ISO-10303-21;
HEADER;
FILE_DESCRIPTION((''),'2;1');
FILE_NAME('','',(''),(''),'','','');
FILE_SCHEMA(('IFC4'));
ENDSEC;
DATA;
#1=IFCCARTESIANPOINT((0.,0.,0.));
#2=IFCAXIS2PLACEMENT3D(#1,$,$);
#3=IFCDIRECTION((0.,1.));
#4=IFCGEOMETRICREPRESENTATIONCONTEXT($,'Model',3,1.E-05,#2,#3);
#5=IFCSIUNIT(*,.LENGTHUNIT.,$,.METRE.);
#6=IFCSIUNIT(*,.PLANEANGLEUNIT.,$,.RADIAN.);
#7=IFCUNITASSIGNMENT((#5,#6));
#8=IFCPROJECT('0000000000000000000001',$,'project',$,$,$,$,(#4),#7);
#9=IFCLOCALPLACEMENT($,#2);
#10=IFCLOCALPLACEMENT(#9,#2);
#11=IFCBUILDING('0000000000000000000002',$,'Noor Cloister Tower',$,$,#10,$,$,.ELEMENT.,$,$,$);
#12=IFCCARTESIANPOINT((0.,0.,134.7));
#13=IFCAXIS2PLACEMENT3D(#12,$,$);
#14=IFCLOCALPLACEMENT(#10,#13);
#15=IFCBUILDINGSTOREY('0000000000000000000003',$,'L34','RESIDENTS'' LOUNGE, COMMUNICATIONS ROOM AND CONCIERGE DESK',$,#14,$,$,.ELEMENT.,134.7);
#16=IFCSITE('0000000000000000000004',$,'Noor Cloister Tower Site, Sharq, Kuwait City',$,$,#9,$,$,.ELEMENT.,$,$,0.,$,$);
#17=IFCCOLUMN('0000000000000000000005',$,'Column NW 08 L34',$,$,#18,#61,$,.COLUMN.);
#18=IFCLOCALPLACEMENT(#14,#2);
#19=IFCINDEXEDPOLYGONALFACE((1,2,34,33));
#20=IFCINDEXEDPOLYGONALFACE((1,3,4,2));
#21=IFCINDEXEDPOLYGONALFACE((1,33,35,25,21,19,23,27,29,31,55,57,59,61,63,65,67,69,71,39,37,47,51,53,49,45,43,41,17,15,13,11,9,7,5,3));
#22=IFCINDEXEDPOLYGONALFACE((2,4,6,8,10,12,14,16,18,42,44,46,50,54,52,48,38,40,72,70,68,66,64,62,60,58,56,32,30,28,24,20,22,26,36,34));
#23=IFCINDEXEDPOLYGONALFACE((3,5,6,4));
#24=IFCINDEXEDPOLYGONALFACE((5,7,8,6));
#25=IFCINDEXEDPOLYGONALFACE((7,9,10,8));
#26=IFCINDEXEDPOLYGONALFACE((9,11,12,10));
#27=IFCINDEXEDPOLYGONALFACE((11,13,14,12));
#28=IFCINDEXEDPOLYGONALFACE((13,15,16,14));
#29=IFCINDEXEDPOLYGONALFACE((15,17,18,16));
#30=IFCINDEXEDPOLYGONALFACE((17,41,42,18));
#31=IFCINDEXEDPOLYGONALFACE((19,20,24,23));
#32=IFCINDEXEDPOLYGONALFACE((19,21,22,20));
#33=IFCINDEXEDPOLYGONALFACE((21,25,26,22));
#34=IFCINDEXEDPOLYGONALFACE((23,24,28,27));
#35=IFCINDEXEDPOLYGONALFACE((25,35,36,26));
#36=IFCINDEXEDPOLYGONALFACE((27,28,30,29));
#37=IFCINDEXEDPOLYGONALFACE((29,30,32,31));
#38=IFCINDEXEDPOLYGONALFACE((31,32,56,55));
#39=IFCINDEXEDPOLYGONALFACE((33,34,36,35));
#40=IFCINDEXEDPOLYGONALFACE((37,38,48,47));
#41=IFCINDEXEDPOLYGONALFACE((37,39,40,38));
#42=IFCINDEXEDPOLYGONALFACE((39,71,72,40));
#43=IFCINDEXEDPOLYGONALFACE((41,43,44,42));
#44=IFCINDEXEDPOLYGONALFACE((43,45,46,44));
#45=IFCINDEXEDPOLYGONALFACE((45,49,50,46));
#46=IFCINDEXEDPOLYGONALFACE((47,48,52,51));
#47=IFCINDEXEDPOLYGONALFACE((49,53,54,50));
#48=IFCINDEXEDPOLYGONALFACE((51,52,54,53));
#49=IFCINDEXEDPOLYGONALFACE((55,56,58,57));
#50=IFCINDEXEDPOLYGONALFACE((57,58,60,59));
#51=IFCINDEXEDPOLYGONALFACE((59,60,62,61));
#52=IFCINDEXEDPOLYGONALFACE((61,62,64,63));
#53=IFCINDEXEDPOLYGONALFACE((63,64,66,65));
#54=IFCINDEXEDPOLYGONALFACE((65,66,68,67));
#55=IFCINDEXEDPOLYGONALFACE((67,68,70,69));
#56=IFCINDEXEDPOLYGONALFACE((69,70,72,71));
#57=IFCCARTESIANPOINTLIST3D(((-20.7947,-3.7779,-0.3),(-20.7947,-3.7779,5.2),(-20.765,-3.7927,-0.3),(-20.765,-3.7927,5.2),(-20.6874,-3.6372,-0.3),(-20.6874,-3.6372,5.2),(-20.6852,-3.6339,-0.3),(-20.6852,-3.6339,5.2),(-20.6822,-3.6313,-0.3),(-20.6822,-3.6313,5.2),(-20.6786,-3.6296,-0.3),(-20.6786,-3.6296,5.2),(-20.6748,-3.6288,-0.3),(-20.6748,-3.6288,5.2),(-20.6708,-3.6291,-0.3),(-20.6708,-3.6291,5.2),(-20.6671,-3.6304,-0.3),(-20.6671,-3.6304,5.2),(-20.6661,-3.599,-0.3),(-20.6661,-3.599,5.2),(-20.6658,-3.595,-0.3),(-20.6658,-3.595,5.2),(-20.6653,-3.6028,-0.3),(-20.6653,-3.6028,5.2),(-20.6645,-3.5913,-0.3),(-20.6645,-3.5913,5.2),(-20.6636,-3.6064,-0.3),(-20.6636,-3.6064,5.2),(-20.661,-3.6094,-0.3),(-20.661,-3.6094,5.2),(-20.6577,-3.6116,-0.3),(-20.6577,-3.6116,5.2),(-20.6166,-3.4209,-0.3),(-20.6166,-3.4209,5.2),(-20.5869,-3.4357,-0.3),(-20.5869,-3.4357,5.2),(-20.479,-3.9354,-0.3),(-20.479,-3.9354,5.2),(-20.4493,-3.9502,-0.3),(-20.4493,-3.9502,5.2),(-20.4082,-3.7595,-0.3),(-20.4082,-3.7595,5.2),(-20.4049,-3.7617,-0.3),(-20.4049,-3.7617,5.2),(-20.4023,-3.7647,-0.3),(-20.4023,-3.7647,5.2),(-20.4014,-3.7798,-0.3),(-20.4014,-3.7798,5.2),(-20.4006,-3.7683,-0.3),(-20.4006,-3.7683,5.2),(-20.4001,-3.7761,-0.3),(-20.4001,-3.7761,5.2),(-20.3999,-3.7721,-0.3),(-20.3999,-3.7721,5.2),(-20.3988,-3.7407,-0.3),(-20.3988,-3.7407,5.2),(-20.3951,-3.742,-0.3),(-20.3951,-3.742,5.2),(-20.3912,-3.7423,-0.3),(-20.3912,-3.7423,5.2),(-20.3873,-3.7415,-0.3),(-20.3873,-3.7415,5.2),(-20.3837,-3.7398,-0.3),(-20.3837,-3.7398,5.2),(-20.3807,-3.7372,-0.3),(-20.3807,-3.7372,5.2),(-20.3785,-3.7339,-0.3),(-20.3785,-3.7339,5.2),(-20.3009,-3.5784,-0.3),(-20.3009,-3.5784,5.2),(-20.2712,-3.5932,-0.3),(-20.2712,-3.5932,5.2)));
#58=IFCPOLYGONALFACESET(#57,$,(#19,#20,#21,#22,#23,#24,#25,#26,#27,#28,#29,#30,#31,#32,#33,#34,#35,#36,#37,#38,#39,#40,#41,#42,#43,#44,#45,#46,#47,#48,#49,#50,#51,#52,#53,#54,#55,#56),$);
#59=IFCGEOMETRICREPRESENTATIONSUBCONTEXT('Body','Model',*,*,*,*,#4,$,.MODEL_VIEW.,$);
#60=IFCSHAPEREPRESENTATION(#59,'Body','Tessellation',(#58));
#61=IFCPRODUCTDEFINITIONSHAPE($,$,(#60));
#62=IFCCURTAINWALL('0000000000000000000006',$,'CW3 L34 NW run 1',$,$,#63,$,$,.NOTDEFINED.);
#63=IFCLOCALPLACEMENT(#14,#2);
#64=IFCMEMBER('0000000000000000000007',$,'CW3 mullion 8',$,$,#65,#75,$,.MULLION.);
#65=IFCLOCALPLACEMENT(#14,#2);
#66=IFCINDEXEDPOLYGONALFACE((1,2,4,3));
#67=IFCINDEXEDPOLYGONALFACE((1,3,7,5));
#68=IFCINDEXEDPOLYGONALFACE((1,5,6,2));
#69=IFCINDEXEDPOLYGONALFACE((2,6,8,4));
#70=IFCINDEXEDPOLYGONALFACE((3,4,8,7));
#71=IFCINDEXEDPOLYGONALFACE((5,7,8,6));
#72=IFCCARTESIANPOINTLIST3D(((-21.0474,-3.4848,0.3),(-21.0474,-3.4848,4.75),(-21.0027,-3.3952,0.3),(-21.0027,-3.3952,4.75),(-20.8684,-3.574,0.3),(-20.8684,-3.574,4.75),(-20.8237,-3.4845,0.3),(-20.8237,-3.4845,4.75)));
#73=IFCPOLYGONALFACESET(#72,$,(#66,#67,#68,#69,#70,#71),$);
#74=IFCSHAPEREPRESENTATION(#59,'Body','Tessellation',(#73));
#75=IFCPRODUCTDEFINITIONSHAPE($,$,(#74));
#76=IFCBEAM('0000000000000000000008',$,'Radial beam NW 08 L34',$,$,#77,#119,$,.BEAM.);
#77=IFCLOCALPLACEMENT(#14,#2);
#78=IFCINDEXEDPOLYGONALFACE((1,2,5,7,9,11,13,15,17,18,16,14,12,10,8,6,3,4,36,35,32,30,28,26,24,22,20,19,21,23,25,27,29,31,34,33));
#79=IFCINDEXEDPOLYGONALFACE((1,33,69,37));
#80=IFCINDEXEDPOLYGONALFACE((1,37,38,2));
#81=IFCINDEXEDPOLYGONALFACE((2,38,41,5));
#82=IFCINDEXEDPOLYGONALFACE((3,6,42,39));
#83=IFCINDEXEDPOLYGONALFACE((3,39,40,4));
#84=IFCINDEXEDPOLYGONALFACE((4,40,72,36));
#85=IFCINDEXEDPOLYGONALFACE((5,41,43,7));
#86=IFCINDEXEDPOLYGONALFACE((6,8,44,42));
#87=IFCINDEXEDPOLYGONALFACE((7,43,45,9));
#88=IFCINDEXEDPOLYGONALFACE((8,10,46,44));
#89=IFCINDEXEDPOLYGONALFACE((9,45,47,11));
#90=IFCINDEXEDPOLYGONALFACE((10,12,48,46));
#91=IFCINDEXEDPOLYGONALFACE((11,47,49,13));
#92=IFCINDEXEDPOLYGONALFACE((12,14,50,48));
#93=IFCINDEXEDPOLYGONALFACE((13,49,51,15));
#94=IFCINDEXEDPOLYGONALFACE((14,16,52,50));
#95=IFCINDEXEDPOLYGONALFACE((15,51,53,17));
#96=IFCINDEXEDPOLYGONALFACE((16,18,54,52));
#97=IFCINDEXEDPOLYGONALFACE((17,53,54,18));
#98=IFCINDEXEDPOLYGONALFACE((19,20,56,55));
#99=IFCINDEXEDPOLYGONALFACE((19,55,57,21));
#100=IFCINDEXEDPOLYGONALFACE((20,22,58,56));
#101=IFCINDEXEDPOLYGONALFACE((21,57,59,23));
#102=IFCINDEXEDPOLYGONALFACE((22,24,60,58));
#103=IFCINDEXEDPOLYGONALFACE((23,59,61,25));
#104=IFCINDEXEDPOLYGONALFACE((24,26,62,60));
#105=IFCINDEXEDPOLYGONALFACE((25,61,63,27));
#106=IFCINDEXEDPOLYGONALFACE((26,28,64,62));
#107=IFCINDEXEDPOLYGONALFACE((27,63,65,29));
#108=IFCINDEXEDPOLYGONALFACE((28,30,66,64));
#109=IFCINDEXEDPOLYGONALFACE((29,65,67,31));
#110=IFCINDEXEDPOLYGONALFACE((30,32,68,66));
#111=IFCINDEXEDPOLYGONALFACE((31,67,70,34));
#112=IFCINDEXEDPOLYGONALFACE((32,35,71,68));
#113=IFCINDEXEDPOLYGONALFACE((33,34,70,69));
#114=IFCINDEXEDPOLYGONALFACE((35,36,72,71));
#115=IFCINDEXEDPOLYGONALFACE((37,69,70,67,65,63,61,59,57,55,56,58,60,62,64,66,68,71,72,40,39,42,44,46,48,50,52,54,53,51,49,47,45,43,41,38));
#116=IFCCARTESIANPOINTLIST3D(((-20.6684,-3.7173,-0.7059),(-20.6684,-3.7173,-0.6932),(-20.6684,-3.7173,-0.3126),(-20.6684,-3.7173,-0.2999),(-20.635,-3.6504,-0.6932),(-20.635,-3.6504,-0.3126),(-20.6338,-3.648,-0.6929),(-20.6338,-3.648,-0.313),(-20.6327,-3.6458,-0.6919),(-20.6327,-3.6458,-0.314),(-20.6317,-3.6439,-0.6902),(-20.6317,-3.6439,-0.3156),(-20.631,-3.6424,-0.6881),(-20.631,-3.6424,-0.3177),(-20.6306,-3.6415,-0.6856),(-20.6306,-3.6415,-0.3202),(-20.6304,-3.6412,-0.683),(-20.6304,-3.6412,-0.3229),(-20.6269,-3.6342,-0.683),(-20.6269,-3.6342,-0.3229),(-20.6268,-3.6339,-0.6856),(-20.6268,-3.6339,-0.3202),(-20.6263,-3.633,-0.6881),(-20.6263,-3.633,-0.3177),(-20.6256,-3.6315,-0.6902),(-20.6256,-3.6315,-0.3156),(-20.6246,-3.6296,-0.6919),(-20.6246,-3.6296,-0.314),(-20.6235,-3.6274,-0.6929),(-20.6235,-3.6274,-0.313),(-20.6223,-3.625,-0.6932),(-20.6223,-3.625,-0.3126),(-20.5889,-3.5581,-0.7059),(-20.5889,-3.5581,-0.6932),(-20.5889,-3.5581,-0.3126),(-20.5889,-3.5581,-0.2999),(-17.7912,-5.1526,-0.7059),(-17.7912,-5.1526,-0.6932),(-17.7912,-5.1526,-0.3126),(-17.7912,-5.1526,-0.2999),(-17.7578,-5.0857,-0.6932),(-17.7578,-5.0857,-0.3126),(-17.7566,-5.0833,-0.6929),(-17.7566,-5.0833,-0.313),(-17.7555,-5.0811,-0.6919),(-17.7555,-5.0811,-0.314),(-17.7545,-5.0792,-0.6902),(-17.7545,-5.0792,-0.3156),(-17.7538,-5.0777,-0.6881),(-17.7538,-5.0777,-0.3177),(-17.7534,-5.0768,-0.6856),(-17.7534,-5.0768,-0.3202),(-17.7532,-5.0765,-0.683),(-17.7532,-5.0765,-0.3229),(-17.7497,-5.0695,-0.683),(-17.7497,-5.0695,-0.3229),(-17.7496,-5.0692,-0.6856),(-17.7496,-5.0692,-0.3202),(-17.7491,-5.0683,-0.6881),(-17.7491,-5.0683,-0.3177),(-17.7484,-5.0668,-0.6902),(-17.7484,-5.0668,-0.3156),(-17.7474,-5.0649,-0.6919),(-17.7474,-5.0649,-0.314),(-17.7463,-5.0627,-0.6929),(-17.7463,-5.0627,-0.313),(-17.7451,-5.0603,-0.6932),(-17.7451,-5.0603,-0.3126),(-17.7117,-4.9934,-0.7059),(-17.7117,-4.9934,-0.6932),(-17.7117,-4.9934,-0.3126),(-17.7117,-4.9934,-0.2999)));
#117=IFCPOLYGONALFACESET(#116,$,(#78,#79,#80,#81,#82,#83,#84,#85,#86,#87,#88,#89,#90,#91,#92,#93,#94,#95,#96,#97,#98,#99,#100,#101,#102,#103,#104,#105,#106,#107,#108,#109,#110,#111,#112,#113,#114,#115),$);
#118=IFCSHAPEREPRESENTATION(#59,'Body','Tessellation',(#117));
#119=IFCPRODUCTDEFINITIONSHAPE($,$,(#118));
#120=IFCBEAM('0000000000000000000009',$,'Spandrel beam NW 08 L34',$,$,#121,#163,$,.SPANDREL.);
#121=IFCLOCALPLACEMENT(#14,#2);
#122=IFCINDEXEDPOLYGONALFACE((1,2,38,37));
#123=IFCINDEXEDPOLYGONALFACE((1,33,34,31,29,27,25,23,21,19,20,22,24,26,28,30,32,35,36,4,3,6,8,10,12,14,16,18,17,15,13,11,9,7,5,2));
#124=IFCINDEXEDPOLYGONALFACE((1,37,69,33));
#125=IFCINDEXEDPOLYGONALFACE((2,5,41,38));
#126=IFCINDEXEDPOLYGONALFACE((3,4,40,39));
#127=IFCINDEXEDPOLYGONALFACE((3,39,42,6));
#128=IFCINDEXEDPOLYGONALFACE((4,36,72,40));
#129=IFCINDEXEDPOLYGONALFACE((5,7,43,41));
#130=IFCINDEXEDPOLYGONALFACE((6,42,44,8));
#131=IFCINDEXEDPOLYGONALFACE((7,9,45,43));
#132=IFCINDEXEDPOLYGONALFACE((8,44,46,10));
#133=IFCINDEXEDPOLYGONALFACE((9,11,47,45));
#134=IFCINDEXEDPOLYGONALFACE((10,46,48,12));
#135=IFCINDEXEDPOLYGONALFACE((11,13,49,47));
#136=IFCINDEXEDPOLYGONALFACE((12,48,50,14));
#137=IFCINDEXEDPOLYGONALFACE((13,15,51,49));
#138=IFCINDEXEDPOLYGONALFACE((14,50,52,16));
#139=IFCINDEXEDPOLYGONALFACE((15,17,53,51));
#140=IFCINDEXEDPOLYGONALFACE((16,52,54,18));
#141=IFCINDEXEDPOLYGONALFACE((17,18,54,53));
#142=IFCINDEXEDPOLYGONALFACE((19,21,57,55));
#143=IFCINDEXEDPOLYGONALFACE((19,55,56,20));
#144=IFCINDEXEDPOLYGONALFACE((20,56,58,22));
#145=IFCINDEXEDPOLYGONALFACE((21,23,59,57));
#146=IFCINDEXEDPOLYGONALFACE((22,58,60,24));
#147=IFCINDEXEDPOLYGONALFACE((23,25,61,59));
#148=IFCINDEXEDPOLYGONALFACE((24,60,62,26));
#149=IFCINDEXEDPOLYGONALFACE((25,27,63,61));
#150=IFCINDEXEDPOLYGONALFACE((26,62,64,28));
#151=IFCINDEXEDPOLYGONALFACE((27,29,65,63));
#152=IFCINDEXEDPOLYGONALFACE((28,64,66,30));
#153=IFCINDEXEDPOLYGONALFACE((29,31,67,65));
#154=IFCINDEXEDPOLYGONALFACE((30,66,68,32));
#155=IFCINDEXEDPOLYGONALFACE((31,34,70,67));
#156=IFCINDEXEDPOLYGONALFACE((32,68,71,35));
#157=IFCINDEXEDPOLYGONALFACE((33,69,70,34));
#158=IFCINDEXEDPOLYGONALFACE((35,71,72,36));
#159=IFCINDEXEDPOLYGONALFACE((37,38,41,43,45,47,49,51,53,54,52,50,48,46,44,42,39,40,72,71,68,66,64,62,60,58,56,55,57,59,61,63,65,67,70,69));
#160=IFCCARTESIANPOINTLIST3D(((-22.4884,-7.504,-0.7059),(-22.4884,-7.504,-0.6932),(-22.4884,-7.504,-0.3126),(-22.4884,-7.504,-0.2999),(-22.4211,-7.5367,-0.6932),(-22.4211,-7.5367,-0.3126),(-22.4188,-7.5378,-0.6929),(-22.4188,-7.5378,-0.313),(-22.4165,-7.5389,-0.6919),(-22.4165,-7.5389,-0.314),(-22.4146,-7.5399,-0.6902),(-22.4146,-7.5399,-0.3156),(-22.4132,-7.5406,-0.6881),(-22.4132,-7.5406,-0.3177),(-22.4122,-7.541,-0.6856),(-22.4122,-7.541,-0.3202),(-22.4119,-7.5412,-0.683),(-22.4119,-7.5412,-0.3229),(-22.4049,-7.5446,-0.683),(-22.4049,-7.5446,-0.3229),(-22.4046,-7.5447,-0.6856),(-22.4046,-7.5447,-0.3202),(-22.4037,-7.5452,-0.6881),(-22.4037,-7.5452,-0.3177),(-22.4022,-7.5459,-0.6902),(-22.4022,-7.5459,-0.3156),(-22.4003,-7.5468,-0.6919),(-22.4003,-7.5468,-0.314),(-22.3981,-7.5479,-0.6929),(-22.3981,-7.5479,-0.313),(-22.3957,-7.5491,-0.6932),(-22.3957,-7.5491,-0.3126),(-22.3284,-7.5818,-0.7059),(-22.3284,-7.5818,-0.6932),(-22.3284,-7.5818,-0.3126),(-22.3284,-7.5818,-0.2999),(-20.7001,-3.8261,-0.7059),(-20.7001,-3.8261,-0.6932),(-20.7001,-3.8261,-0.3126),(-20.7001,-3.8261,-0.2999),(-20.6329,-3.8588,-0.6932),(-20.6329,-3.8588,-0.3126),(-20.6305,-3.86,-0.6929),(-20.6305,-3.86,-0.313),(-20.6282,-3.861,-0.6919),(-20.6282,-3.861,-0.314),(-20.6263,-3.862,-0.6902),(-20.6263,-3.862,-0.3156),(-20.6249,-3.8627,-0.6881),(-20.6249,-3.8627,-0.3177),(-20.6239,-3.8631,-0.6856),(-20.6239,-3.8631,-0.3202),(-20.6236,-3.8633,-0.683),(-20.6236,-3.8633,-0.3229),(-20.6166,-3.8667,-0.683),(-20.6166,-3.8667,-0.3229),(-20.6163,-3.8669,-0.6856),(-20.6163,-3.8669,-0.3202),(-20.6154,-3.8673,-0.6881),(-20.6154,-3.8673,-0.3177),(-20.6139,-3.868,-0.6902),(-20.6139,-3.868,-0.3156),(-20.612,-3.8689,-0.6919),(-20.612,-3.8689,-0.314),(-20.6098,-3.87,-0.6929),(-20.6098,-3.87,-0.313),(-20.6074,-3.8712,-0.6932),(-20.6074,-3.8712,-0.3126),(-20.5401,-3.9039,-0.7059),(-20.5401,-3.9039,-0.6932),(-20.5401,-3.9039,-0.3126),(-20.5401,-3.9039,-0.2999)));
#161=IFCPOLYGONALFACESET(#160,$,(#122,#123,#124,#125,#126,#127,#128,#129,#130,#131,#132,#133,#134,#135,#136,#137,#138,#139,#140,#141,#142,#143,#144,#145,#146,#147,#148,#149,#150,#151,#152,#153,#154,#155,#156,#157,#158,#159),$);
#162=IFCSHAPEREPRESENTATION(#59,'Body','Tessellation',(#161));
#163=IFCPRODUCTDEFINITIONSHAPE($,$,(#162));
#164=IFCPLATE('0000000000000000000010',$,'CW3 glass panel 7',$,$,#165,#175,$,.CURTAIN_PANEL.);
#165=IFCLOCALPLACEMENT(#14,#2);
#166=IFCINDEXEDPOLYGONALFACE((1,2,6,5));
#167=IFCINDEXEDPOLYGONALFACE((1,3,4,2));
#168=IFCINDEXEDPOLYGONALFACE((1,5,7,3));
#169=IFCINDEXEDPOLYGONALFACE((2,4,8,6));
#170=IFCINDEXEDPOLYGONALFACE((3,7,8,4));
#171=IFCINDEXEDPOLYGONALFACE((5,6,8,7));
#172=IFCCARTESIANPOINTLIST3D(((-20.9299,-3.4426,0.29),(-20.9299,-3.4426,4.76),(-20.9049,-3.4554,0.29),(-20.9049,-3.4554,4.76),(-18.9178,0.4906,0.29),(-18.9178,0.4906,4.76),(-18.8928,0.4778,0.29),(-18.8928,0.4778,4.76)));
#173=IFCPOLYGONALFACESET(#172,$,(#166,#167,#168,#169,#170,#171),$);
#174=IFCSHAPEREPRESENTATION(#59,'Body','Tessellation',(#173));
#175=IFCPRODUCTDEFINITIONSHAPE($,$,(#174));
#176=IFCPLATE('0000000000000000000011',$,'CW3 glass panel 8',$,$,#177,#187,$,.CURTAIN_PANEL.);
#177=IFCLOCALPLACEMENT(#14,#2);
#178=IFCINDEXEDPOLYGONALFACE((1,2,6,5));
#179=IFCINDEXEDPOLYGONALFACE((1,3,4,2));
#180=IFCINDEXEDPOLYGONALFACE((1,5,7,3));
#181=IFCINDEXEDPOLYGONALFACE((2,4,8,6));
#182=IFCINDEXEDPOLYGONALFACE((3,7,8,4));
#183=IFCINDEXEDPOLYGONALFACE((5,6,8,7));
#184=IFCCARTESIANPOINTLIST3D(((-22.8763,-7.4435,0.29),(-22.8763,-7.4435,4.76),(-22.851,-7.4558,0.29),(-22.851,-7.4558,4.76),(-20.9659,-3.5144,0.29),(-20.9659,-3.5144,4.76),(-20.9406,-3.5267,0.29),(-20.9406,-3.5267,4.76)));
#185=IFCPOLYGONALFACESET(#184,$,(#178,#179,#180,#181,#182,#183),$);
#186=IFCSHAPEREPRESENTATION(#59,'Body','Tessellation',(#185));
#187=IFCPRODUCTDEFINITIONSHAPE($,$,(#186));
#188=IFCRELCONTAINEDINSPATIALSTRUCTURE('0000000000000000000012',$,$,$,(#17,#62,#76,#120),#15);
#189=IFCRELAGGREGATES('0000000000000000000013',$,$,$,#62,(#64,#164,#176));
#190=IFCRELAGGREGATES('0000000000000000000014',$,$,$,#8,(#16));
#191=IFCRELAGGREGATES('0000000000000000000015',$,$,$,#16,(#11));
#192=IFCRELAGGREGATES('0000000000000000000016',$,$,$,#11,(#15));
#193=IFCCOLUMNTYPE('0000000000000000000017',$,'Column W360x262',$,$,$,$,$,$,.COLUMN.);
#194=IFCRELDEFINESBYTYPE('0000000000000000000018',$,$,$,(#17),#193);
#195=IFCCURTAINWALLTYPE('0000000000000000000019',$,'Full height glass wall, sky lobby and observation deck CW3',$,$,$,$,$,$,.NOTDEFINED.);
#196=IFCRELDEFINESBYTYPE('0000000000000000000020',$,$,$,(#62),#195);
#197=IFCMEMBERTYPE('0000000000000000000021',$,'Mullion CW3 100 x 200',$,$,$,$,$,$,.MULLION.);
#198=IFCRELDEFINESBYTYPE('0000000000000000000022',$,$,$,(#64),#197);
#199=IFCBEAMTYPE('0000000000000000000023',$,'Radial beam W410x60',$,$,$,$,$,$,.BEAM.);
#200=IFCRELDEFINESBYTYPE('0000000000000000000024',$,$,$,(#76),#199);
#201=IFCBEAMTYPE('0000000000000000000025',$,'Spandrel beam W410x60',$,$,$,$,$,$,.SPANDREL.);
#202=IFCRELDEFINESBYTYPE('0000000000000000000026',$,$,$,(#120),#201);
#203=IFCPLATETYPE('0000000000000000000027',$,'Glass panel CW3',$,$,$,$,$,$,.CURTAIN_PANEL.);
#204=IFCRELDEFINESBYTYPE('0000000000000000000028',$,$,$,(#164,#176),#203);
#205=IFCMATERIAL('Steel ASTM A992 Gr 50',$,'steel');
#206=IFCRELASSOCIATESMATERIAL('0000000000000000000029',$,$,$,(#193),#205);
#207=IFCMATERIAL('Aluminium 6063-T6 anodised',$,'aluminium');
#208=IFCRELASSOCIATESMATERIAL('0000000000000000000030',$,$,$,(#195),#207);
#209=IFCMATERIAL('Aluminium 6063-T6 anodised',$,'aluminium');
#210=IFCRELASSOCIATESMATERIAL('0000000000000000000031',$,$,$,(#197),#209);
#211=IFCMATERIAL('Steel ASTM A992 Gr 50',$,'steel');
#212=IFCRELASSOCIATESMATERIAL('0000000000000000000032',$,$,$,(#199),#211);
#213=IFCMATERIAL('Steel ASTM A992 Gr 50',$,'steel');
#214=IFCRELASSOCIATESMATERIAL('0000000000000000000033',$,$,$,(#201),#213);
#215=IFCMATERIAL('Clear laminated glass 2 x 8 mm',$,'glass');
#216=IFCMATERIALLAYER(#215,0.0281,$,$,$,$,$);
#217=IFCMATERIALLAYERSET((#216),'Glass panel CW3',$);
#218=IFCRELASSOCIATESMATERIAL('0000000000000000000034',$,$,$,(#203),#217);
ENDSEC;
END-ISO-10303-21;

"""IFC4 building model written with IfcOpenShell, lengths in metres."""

from ifc_helpers import new_model, si_unit, direction, frame, origin, origin_2d, place, context, subcontext, project, spatial, rectangle, i_section, extrude, material, layer, layer_set, material_profile, profile_set, type_object, element, aggregate, save


model = new_model("IFC4")

# Units and contexts
model_context = context("Model", 3, precision=1e-05, world=origin(), true_north=direction((0.0, 1.0)))
body_context = subcontext(model_context, "Body", "Model", "MODEL_VIEW")
ifc_project = project(units=[si_unit("LENGTHUNIT", "METRE"), si_unit("PLANEANGLEUNIT", "RADIAN")], contexts=[model_context])

# Site, building, storey
site_placement = place(None, origin())
site = spatial("IfcSite", under=ifc_project, at=site_placement, Name="Noor Cloister Tower Site, Sharq, Kuwait City", CompositionType="ELEMENT", RefElevation=0.0)
building_placement = place(site_placement, origin())
building = spatial("IfcBuilding", under=site, at=building_placement, Name="Noor Cloister Tower", CompositionType="ELEMENT")
storey_placement = place(building_placement, frame((0.0, 0.0, 134.7)))
storey = spatial("IfcBuildingStorey", under=building, at=storey_placement, Name="L34", Description="RESIDENTS' LOUNGE, COMMUNICATIONS ROOM AND CONCIERGE DESK", CompositionType="ELEMENT", Elevation=134.7)

# Column
ifc_material_1 = material(Name="Steel ASTM A992 Gr 50", Category="steel")
ifc_material_profile_1 = material_profile(ifc_material_1, i_section(OverallWidth=0.3989, OverallDepth=0.386, WebThickness=0.021, FlangeThickness=0.0332, FilletRadius=0.0151, at=origin_2d()), Name="W360x262")
ifc_profile_set_1 = profile_set([ifc_material_profile_1], Name="Steel ASTM A992 Gr 50")
column_type = type_object("IfcColumnType", Name="Column W360x262", PredefinedType="COLUMN", material=ifc_profile_set_1)
column_placement = place(storey_placement, frame((-20.533, -3.6855, -0.3), z_axis=(0.0, 0.0, 1.0), x_axis=(-0.446379, -0.894844, 0.0)))
element("IfcColumn", 1, at=column_placement, inside=storey, type_object=column_type, Name="Column NW 08 L34", PredefinedType="COLUMN", context=body_context, shape_type="SweptSolid", body=[
    extrude(i_section(OverallWidth=0.3989, OverallDepth=0.386, WebThickness=0.021, FlangeThickness=0.0332, FilletRadius=0.0151, at=origin_2d()), origin(), (0.0, 0.0, 1.0), 5.5),
])

# Curtain wall, member
ifc_material_2 = material(Name="Aluminium 6063-T6 anodised", Category="aluminium")
curtain_wall_type = type_object("IfcCurtainWallType", Name="Full height glass wall, sky lobby and observation deck CW3", PredefinedType="NOTDEFINED", material=ifc_material_2)
curtain_wall_placement = place(storey_placement, origin())
curtain_wall = element("IfcCurtainWall", 2, at=curtain_wall_placement, inside=storey, type_object=curtain_wall_type, Name="CW3 L34 NW run 1", PredefinedType="NOTDEFINED")
ifc_material_3 = material(Name="Aluminium 6063-T6 anodised", Category="aluminium")
ifc_material_profile_2 = material_profile(ifc_material_3, rectangle(XDim=0.2, YDim=0.1001, at=origin_2d()), Name="200 x 100 mullion")
ifc_profile_set_2 = profile_set([ifc_material_profile_2], Name="Aluminium 6063-T6 anodised")
member_type = type_object("IfcMemberType", Name="Mullion CW3 100 x 200", PredefinedType="MULLION", material=ifc_profile_set_2)
member_placement = place(storey_placement, frame((-20.9355, -3.4846, 0.3), z_axis=(0.0, 0.0, 1.0), x_axis=(0.894844, -0.446379, 0.0)))
member = element("IfcMember", 3, at=member_placement, type_object=member_type, Name="CW3 mullion 8", PredefinedType="MULLION", context=body_context, shape_type="SweptSolid", body=[
    extrude(rectangle(XDim=0.2, YDim=0.1001, at=origin_2d()), origin(), (0.0, 0.0, 1.0), 4.45),
])

# Beams
ifc_material_4 = material(Name="Steel ASTM A992 Gr 50", Category="steel")
ifc_material_profile_3 = material_profile(ifc_material_4, i_section(OverallWidth=0.178, OverallDepth=0.406, WebThickness=0.0078, FlangeThickness=0.0127, FilletRadius=0.0103, at=origin_2d()), Name="W410x60")
ifc_profile_set_3 = profile_set([ifc_material_profile_3], Name="Steel ASTM A992 Gr 50")
beam_type_1 = type_object("IfcBeamType", Name="Radial beam W410x60", PredefinedType="BEAM", material=ifc_profile_set_3)
beam_1_placement = place(storey_placement, frame((-20.6287, -3.6377, -0.5029), z_axis=(0.894837, -0.446393, 0.0), x_axis=(0.446393, 0.894837, 0.0)))
element("IfcBeam", 4, at=beam_1_placement, inside=storey, type_object=beam_type_1, Name="Radial beam NW 08 L34", PredefinedType="BEAM", context=body_context, shape_type="SweptSolid", body=[
    extrude(i_section(OverallWidth=0.178, OverallDepth=0.406, WebThickness=0.0078, FlangeThickness=0.0127, FilletRadius=0.0103, at=origin_2d()), origin(), (0.0, 0.0, 1.0), 3.2153),
])
ifc_material_5 = material(Name="Steel ASTM A992 Gr 50", Category="steel")
ifc_material_profile_4 = material_profile(ifc_material_5, i_section(OverallWidth=0.178, OverallDepth=0.406, WebThickness=0.0078, FlangeThickness=0.0127, FilletRadius=0.0103, at=origin_2d()), Name="W410x60")
ifc_profile_set_4 = profile_set([ifc_material_profile_4], Name="Steel ASTM A992 Gr 50")
beam_type_2 = type_object("IfcBeamType", Name="Spandrel beam W410x60", PredefinedType="SPANDREL", material=ifc_profile_set_4)
beam_2_placement = place(storey_placement, frame((-20.6201, -3.865, -0.5029), z_axis=(-0.437277, -0.899327, 0.0), x_axis=(0.899327, -0.437277, 0.0)))
element("IfcBeam", 5, at=beam_2_placement, inside=storey, type_object=beam_type_2, Name="Spandrel beam NW 08 L34", PredefinedType="SPANDREL", context=body_context, shape_type="SweptSolid", body=[
    extrude(i_section(OverallWidth=0.178, OverallDepth=0.406, WebThickness=0.0078, FlangeThickness=0.0127, FilletRadius=0.0103, at=origin_2d()), origin(), (0.0, 0.0, 1.0), 4.0896),
])

# Plates
ifc_material_6 = material(Name="Clear laminated glass 2 x 8 mm", Category="glass")
ifc_layer_1 = layer(ifc_material_6, 0.0281)
ifc_layer_set_1 = layer_set([ifc_layer_1], Name="Glass panel CW3")
plate_type = type_object("IfcPlateType", Name="Glass panel CW3", PredefinedType="CURTAIN_PANEL", material=ifc_layer_set_1)
plate_1_placement = place(storey_placement, frame((-19.9114, -1.4824, 0.29), z_axis=(0.0, 0.0, 1.0), x_axis=(-0.455436, -0.890269, 0.0)))
plate_1 = element("IfcPlate", 6, at=plate_1_placement, type_object=plate_type, Name="CW3 glass panel 7", PredefinedType="CURTAIN_PANEL", context=body_context, shape_type="SweptSolid", body=[
    extrude(rectangle(XDim=4.418, YDim=0.0281, at=origin_2d()), origin(), (0.0, 0.0, 1.0), 4.47),
])
plate_2_placement = place(storey_placement, frame((-21.9084, -5.4851, 0.29), z_axis=(0.0, 0.0, 1.0), x_axis=(-0.437276, -0.899328, 0.0)))
plate_2 = element("IfcPlate", 7, at=plate_2_placement, type_object=plate_type, Name="CW3 glass panel 8", PredefinedType="CURTAIN_PANEL", context=body_context, shape_type="SweptSolid", body=[
    extrude(rectangle(XDim=4.3689, YDim=0.0281, at=origin_2d()), origin(), (0.0, 0.0, 1.0), 4.47),
])
aggregate(curtain_wall, [member, plate_1, plate_2])

save(model, "model.ifc")
